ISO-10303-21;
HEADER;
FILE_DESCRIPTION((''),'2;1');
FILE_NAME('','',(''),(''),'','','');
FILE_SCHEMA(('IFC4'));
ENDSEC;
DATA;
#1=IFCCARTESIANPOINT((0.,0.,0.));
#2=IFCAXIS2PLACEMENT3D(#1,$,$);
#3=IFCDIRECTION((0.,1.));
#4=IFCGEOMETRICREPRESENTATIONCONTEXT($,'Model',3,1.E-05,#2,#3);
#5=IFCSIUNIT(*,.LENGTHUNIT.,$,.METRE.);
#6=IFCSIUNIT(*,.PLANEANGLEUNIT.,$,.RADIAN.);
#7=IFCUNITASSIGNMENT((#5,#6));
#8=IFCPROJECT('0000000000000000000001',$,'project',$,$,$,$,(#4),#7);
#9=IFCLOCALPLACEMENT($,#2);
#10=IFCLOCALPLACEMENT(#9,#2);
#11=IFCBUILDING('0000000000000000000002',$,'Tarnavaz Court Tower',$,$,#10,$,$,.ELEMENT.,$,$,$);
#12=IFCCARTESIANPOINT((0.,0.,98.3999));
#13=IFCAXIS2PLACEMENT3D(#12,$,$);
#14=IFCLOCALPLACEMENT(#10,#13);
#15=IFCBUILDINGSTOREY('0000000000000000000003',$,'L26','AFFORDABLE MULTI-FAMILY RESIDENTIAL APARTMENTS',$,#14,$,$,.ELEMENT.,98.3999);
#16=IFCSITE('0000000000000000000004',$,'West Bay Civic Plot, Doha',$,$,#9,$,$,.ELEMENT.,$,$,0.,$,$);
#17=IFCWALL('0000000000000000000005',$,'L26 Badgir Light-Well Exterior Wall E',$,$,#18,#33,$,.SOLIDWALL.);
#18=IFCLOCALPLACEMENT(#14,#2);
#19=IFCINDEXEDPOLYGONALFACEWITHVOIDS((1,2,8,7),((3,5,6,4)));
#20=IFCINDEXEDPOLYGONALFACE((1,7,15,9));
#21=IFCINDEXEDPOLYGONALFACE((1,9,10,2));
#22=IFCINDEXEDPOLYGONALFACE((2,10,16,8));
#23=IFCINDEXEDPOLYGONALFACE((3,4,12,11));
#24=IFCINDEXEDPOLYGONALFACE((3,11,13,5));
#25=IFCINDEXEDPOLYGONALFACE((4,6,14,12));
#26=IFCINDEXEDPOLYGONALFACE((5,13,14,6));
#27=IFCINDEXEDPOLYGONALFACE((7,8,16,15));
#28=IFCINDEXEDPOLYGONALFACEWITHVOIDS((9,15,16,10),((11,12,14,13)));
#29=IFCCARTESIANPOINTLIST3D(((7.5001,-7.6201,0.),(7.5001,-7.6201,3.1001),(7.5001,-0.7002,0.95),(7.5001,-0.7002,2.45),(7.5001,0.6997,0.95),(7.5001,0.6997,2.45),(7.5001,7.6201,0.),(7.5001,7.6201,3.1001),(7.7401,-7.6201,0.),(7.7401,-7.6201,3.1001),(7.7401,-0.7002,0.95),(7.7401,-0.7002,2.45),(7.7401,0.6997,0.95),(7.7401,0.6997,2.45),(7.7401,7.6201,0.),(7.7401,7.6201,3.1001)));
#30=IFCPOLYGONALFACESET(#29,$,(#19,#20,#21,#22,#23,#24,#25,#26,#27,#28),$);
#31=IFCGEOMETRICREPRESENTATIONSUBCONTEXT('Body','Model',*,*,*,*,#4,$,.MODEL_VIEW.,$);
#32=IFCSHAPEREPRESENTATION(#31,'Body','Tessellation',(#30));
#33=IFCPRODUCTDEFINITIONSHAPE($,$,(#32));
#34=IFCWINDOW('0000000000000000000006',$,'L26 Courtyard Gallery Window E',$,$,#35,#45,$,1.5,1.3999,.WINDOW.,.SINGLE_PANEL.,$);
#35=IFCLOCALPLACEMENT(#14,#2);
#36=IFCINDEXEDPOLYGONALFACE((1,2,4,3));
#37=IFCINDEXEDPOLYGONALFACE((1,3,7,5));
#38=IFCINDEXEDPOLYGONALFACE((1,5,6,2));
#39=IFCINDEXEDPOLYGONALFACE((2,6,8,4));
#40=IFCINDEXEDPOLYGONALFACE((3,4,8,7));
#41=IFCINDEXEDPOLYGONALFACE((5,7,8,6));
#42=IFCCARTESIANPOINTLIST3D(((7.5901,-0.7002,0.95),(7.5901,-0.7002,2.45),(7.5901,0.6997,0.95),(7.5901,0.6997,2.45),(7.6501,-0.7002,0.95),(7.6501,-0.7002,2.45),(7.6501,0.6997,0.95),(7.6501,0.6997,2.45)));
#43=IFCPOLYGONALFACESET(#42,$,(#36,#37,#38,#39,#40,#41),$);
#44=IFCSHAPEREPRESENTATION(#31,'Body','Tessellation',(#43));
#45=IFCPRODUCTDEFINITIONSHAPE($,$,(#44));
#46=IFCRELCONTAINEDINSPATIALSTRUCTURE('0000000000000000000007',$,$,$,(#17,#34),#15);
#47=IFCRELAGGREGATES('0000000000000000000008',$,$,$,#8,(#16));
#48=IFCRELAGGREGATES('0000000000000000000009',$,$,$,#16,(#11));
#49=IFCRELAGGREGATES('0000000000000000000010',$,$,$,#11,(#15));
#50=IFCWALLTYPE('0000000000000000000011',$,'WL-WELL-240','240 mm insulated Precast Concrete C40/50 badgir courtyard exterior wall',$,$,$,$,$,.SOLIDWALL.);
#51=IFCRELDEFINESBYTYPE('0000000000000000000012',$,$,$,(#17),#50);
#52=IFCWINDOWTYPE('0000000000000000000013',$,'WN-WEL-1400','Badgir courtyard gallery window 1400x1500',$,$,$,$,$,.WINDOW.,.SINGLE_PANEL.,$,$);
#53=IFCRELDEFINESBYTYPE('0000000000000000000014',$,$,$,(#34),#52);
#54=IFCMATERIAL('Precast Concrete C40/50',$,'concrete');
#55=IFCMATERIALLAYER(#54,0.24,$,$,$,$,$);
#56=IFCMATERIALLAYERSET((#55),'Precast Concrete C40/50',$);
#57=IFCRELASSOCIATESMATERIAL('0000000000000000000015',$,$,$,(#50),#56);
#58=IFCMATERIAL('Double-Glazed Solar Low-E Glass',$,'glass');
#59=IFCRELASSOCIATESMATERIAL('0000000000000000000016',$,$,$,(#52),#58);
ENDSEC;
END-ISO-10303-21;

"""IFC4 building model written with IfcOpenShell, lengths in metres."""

from ifc_helpers import new_model, si_unit, direction, frame, frame_2d, origin, place, context, subcontext, project, spatial, rectangle, extrude, material, layer, layer_set, type_object, element, fill, save


model = new_model("IFC4")

# Units and contexts
model_context = context("Model", 3, precision=1e-05, world=origin(), true_north=direction((0.0, 1.0)))
body_context = subcontext(model_context, "Body", "Model", "MODEL_VIEW")
ifc_project = project(units=[si_unit("LENGTHUNIT", "METRE"), si_unit("PLANEANGLEUNIT", "RADIAN")], contexts=[model_context])

# Site, building, storey
site_placement = place(None, origin())
site = spatial("IfcSite", under=ifc_project, at=site_placement, Name="West Bay Civic Plot, Doha", CompositionType="ELEMENT", RefElevation=0.0)
building_placement = place(site_placement, origin())
building = spatial("IfcBuilding", under=site, at=building_placement, Name="Tarnavaz Court Tower", CompositionType="ELEMENT")
storey_placement = place(building_placement, frame((0.0, 0.0, 98.3999)))
storey = spatial("IfcBuildingStorey", under=building, at=storey_placement, Name="L26", Description="AFFORDABLE MULTI-FAMILY RESIDENTIAL APARTMENTS", CompositionType="ELEMENT", Elevation=98.3999)

# Wall, opening, window
ifc_material_1 = material(Name="Precast Concrete C40/50", Category="concrete")
ifc_layer_1 = layer(ifc_material_1, 0.24)
ifc_layer_set_1 = layer_set([ifc_layer_1], Name="Precast Concrete C40/50")
wall_type_1 = type_object("IfcWallType", Name="WL-WELL-240", Description="240 mm insulated Precast Concrete C40/50 badgir courtyard exterior wall", PredefinedType="SOLIDWALL", material=ifc_layer_set_1)
wall_1_placement = place(storey_placement, frame((7.6201, -7.6201, 0.0), z_axis=(0.0, 0.0, 1.0), x_axis=(0.0, 1.0, 0.0)))
wall_1 = element("IfcWall", 1, at=wall_1_placement, inside=storey, type_object=wall_type_1, Name="L26 Badgir Light-Well Exterior Wall E", PredefinedType="SOLIDWALL", context=body_context, shape_type="SweptSolid", body=[
    extrude(rectangle(XDim=15.2402, YDim=0.24, at=frame_2d((7.6201, 0.0))), origin(), (0.0, 0.0, 1.0), 3.1001),
])
opening_1_placement = place(wall_1_placement, frame((6.9199, 0.0, 0.95)))
opening_1 = element("IfcOpeningElement", 2, at=opening_1_placement, cuts=wall_1, PredefinedType="OPENING", context=body_context, shape_type="SweptSolid", body=[
    extrude(rectangle(XDim=1.3999, YDim=1.5, at=frame_2d((0.7, 0.75))), frame((0.0, 0.1299, 0.0), z_axis=(0.0, -1.0, 0.0), x_axis=(1.0, 0.0, 0.0)), (0.0, 0.0, 1.0), 0.26),
])
ifc_material_2 = material(Name="Double-Glazed Solar Low-E Glass", Category="glass")
window_type = type_object("IfcWindowType", Name="WN-WEL-1400", Description="Badgir courtyard gallery window 1400x1500", PartitioningType="SINGLE_PANEL", PredefinedType="WINDOW", material=ifc_material_2)
window_placement = place(opening_1_placement, origin())
window = element("IfcWindow", 3, at=window_placement, inside=storey, type_object=window_type, Name="L26 Courtyard Gallery Window E", OverallHeight=1.5, OverallWidth=1.3999, PartitioningType="SINGLE_PANEL", PredefinedType="WINDOW", context=body_context, shape_type="SweptSolid", body=[
    extrude(rectangle(XDim=1.3999, YDim=1.5, at=frame_2d((0.7, 0.75))), frame((0.0, 0.03, 0.0), z_axis=(0.0, -1.0, 0.0), x_axis=(1.0, 0.0, 0.0)), (0.0, 0.0, 1.0), 0.0601),
])
fill(opening_1, window)

save(model, "model.ifc")
